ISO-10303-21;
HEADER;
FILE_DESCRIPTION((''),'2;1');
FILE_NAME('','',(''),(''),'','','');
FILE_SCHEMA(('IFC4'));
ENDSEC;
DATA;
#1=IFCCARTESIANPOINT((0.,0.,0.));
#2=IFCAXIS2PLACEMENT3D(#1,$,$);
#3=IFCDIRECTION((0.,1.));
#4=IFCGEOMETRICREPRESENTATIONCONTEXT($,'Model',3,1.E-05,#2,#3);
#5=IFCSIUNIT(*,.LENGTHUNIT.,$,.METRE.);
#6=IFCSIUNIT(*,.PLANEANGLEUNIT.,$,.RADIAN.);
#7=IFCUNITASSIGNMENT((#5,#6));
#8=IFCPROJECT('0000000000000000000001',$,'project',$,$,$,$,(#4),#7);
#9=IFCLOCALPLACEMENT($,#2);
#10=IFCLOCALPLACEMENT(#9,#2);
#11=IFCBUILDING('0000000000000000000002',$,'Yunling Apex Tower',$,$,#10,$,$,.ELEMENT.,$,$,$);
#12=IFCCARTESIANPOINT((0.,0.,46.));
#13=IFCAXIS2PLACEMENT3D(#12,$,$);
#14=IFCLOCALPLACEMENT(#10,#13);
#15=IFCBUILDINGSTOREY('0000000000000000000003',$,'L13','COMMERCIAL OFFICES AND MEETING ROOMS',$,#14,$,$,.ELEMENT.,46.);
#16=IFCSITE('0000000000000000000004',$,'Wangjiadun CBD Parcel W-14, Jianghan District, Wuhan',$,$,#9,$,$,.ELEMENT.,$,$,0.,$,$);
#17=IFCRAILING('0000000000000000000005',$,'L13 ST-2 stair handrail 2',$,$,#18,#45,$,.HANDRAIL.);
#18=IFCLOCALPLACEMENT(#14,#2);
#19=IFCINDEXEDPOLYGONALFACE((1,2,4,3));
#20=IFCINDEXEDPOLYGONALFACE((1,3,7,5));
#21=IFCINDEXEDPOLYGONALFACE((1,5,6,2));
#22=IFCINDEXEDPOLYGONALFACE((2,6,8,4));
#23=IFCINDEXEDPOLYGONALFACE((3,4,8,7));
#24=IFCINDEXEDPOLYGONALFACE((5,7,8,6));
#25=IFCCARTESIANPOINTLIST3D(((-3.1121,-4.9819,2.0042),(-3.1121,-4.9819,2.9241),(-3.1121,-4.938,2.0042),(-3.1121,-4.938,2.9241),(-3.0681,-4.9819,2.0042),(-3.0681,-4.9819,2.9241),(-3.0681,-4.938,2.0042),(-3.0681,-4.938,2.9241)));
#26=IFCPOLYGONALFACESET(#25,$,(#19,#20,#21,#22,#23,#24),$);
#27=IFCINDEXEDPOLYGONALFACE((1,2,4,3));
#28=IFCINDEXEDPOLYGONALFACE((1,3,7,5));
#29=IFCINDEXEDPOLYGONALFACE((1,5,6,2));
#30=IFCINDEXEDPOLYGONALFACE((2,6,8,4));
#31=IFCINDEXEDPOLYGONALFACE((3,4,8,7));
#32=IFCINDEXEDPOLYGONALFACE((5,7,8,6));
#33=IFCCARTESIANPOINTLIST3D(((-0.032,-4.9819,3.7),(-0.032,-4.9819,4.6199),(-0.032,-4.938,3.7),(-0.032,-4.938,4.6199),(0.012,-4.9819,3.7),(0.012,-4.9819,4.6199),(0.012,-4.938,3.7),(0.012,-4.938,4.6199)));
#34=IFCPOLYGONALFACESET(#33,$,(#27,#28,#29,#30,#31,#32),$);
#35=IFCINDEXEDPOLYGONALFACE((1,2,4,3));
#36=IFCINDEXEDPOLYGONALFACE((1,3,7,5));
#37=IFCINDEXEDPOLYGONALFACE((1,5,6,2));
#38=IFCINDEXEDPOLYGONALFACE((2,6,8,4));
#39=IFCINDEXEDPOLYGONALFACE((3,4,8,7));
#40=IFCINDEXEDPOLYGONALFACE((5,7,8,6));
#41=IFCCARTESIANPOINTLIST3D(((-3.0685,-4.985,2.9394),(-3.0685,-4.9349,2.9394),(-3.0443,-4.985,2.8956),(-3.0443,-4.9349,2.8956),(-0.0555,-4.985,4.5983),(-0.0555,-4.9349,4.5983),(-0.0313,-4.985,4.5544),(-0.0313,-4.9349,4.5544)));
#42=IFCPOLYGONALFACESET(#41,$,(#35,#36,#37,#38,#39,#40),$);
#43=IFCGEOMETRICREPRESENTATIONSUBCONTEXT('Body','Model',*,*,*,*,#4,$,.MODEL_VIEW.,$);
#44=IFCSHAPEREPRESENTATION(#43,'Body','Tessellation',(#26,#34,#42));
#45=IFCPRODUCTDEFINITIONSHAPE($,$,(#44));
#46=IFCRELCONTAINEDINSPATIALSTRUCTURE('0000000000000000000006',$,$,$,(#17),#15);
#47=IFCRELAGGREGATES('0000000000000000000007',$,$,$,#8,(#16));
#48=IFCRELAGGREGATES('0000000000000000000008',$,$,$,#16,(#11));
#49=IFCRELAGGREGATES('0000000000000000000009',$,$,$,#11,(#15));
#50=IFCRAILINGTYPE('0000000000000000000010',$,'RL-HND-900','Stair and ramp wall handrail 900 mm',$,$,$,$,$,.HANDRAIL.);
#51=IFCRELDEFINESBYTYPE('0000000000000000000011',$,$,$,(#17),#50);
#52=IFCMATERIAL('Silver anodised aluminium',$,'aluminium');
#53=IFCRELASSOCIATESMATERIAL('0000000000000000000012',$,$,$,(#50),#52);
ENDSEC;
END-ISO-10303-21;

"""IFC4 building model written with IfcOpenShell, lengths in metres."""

from ifc_helpers import new_model, si_unit, direction, frame, origin, origin_2d, place, context, subcontext, project, spatial, rectangle, extrude, material, type_object, element, save


model = new_model("IFC4")

# Units and contexts
model_context = context("Model", 3, precision=1e-05, world=origin(), true_north=direction((0.0, 1.0)))
body_context = subcontext(model_context, "Body", "Model", "MODEL_VIEW")
ifc_project = project(units=[si_unit("LENGTHUNIT", "METRE"), si_unit("PLANEANGLEUNIT", "RADIAN")], contexts=[model_context])

# Site, building, storey
site_placement = place(None, origin())
site = spatial("IfcSite", under=ifc_project, at=site_placement, Name="Wangjiadun CBD Parcel W-14, Jianghan District, Wuhan", CompositionType="ELEMENT", RefElevation=0.0)
building_placement = place(site_placement, origin())
building = spatial("IfcBuilding", under=site, at=building_placement, Name="Yunling Apex Tower", CompositionType="ELEMENT")
storey_placement = place(building_placement, frame((0.0, 0.0, 46.0)))
storey = spatial("IfcBuildingStorey", under=building, at=storey_placement, Name="L13", Description="COMMERCIAL OFFICES AND MEETING ROOMS", CompositionType="ELEMENT", Elevation=46.0)

# Railing
ifc_material_1 = material(Name="Silver anodised aluminium", Category="aluminium")
railing_type_1 = type_object("IfcRailingType", Name="RL-HND-900", Description="Stair and ramp wall handrail 900 mm", PredefinedType="HANDRAIL", material=ifc_material_1)
railing_1_placement = place(storey_placement, frame((-3.0901, -4.96, 2.0042)))
element("IfcRailing", 1, at=railing_1_placement, inside=storey, type_object=railing_type_1, Name="L13 ST-2 stair handrail 2", PredefinedType="HANDRAIL", context=body_context, shape_type="SweptSolid", body=[
    extrude(rectangle(XDim=0.0439, YDim=0.0439, at=origin_2d()), origin(), (0.0, 0.0, 1.0), 0.9199),
    extrude(rectangle(XDim=0.0439, YDim=0.0439, at=origin_2d()), frame((3.0801, 0.0, 1.6958)), (0.0, 0.0, 1.0), 0.9199),
    extrude(rectangle(XDim=0.05, YDim=0.05, at=origin_2d()), frame((0.0337, 0.0, 0.9133), z_axis=(0.876005, 0.0, 0.482303), x_axis=(0.0, 1.0, 0.0)), (0.0, 0.0, 1.0), 3.4395),
])

save(model, "model.ifc")
